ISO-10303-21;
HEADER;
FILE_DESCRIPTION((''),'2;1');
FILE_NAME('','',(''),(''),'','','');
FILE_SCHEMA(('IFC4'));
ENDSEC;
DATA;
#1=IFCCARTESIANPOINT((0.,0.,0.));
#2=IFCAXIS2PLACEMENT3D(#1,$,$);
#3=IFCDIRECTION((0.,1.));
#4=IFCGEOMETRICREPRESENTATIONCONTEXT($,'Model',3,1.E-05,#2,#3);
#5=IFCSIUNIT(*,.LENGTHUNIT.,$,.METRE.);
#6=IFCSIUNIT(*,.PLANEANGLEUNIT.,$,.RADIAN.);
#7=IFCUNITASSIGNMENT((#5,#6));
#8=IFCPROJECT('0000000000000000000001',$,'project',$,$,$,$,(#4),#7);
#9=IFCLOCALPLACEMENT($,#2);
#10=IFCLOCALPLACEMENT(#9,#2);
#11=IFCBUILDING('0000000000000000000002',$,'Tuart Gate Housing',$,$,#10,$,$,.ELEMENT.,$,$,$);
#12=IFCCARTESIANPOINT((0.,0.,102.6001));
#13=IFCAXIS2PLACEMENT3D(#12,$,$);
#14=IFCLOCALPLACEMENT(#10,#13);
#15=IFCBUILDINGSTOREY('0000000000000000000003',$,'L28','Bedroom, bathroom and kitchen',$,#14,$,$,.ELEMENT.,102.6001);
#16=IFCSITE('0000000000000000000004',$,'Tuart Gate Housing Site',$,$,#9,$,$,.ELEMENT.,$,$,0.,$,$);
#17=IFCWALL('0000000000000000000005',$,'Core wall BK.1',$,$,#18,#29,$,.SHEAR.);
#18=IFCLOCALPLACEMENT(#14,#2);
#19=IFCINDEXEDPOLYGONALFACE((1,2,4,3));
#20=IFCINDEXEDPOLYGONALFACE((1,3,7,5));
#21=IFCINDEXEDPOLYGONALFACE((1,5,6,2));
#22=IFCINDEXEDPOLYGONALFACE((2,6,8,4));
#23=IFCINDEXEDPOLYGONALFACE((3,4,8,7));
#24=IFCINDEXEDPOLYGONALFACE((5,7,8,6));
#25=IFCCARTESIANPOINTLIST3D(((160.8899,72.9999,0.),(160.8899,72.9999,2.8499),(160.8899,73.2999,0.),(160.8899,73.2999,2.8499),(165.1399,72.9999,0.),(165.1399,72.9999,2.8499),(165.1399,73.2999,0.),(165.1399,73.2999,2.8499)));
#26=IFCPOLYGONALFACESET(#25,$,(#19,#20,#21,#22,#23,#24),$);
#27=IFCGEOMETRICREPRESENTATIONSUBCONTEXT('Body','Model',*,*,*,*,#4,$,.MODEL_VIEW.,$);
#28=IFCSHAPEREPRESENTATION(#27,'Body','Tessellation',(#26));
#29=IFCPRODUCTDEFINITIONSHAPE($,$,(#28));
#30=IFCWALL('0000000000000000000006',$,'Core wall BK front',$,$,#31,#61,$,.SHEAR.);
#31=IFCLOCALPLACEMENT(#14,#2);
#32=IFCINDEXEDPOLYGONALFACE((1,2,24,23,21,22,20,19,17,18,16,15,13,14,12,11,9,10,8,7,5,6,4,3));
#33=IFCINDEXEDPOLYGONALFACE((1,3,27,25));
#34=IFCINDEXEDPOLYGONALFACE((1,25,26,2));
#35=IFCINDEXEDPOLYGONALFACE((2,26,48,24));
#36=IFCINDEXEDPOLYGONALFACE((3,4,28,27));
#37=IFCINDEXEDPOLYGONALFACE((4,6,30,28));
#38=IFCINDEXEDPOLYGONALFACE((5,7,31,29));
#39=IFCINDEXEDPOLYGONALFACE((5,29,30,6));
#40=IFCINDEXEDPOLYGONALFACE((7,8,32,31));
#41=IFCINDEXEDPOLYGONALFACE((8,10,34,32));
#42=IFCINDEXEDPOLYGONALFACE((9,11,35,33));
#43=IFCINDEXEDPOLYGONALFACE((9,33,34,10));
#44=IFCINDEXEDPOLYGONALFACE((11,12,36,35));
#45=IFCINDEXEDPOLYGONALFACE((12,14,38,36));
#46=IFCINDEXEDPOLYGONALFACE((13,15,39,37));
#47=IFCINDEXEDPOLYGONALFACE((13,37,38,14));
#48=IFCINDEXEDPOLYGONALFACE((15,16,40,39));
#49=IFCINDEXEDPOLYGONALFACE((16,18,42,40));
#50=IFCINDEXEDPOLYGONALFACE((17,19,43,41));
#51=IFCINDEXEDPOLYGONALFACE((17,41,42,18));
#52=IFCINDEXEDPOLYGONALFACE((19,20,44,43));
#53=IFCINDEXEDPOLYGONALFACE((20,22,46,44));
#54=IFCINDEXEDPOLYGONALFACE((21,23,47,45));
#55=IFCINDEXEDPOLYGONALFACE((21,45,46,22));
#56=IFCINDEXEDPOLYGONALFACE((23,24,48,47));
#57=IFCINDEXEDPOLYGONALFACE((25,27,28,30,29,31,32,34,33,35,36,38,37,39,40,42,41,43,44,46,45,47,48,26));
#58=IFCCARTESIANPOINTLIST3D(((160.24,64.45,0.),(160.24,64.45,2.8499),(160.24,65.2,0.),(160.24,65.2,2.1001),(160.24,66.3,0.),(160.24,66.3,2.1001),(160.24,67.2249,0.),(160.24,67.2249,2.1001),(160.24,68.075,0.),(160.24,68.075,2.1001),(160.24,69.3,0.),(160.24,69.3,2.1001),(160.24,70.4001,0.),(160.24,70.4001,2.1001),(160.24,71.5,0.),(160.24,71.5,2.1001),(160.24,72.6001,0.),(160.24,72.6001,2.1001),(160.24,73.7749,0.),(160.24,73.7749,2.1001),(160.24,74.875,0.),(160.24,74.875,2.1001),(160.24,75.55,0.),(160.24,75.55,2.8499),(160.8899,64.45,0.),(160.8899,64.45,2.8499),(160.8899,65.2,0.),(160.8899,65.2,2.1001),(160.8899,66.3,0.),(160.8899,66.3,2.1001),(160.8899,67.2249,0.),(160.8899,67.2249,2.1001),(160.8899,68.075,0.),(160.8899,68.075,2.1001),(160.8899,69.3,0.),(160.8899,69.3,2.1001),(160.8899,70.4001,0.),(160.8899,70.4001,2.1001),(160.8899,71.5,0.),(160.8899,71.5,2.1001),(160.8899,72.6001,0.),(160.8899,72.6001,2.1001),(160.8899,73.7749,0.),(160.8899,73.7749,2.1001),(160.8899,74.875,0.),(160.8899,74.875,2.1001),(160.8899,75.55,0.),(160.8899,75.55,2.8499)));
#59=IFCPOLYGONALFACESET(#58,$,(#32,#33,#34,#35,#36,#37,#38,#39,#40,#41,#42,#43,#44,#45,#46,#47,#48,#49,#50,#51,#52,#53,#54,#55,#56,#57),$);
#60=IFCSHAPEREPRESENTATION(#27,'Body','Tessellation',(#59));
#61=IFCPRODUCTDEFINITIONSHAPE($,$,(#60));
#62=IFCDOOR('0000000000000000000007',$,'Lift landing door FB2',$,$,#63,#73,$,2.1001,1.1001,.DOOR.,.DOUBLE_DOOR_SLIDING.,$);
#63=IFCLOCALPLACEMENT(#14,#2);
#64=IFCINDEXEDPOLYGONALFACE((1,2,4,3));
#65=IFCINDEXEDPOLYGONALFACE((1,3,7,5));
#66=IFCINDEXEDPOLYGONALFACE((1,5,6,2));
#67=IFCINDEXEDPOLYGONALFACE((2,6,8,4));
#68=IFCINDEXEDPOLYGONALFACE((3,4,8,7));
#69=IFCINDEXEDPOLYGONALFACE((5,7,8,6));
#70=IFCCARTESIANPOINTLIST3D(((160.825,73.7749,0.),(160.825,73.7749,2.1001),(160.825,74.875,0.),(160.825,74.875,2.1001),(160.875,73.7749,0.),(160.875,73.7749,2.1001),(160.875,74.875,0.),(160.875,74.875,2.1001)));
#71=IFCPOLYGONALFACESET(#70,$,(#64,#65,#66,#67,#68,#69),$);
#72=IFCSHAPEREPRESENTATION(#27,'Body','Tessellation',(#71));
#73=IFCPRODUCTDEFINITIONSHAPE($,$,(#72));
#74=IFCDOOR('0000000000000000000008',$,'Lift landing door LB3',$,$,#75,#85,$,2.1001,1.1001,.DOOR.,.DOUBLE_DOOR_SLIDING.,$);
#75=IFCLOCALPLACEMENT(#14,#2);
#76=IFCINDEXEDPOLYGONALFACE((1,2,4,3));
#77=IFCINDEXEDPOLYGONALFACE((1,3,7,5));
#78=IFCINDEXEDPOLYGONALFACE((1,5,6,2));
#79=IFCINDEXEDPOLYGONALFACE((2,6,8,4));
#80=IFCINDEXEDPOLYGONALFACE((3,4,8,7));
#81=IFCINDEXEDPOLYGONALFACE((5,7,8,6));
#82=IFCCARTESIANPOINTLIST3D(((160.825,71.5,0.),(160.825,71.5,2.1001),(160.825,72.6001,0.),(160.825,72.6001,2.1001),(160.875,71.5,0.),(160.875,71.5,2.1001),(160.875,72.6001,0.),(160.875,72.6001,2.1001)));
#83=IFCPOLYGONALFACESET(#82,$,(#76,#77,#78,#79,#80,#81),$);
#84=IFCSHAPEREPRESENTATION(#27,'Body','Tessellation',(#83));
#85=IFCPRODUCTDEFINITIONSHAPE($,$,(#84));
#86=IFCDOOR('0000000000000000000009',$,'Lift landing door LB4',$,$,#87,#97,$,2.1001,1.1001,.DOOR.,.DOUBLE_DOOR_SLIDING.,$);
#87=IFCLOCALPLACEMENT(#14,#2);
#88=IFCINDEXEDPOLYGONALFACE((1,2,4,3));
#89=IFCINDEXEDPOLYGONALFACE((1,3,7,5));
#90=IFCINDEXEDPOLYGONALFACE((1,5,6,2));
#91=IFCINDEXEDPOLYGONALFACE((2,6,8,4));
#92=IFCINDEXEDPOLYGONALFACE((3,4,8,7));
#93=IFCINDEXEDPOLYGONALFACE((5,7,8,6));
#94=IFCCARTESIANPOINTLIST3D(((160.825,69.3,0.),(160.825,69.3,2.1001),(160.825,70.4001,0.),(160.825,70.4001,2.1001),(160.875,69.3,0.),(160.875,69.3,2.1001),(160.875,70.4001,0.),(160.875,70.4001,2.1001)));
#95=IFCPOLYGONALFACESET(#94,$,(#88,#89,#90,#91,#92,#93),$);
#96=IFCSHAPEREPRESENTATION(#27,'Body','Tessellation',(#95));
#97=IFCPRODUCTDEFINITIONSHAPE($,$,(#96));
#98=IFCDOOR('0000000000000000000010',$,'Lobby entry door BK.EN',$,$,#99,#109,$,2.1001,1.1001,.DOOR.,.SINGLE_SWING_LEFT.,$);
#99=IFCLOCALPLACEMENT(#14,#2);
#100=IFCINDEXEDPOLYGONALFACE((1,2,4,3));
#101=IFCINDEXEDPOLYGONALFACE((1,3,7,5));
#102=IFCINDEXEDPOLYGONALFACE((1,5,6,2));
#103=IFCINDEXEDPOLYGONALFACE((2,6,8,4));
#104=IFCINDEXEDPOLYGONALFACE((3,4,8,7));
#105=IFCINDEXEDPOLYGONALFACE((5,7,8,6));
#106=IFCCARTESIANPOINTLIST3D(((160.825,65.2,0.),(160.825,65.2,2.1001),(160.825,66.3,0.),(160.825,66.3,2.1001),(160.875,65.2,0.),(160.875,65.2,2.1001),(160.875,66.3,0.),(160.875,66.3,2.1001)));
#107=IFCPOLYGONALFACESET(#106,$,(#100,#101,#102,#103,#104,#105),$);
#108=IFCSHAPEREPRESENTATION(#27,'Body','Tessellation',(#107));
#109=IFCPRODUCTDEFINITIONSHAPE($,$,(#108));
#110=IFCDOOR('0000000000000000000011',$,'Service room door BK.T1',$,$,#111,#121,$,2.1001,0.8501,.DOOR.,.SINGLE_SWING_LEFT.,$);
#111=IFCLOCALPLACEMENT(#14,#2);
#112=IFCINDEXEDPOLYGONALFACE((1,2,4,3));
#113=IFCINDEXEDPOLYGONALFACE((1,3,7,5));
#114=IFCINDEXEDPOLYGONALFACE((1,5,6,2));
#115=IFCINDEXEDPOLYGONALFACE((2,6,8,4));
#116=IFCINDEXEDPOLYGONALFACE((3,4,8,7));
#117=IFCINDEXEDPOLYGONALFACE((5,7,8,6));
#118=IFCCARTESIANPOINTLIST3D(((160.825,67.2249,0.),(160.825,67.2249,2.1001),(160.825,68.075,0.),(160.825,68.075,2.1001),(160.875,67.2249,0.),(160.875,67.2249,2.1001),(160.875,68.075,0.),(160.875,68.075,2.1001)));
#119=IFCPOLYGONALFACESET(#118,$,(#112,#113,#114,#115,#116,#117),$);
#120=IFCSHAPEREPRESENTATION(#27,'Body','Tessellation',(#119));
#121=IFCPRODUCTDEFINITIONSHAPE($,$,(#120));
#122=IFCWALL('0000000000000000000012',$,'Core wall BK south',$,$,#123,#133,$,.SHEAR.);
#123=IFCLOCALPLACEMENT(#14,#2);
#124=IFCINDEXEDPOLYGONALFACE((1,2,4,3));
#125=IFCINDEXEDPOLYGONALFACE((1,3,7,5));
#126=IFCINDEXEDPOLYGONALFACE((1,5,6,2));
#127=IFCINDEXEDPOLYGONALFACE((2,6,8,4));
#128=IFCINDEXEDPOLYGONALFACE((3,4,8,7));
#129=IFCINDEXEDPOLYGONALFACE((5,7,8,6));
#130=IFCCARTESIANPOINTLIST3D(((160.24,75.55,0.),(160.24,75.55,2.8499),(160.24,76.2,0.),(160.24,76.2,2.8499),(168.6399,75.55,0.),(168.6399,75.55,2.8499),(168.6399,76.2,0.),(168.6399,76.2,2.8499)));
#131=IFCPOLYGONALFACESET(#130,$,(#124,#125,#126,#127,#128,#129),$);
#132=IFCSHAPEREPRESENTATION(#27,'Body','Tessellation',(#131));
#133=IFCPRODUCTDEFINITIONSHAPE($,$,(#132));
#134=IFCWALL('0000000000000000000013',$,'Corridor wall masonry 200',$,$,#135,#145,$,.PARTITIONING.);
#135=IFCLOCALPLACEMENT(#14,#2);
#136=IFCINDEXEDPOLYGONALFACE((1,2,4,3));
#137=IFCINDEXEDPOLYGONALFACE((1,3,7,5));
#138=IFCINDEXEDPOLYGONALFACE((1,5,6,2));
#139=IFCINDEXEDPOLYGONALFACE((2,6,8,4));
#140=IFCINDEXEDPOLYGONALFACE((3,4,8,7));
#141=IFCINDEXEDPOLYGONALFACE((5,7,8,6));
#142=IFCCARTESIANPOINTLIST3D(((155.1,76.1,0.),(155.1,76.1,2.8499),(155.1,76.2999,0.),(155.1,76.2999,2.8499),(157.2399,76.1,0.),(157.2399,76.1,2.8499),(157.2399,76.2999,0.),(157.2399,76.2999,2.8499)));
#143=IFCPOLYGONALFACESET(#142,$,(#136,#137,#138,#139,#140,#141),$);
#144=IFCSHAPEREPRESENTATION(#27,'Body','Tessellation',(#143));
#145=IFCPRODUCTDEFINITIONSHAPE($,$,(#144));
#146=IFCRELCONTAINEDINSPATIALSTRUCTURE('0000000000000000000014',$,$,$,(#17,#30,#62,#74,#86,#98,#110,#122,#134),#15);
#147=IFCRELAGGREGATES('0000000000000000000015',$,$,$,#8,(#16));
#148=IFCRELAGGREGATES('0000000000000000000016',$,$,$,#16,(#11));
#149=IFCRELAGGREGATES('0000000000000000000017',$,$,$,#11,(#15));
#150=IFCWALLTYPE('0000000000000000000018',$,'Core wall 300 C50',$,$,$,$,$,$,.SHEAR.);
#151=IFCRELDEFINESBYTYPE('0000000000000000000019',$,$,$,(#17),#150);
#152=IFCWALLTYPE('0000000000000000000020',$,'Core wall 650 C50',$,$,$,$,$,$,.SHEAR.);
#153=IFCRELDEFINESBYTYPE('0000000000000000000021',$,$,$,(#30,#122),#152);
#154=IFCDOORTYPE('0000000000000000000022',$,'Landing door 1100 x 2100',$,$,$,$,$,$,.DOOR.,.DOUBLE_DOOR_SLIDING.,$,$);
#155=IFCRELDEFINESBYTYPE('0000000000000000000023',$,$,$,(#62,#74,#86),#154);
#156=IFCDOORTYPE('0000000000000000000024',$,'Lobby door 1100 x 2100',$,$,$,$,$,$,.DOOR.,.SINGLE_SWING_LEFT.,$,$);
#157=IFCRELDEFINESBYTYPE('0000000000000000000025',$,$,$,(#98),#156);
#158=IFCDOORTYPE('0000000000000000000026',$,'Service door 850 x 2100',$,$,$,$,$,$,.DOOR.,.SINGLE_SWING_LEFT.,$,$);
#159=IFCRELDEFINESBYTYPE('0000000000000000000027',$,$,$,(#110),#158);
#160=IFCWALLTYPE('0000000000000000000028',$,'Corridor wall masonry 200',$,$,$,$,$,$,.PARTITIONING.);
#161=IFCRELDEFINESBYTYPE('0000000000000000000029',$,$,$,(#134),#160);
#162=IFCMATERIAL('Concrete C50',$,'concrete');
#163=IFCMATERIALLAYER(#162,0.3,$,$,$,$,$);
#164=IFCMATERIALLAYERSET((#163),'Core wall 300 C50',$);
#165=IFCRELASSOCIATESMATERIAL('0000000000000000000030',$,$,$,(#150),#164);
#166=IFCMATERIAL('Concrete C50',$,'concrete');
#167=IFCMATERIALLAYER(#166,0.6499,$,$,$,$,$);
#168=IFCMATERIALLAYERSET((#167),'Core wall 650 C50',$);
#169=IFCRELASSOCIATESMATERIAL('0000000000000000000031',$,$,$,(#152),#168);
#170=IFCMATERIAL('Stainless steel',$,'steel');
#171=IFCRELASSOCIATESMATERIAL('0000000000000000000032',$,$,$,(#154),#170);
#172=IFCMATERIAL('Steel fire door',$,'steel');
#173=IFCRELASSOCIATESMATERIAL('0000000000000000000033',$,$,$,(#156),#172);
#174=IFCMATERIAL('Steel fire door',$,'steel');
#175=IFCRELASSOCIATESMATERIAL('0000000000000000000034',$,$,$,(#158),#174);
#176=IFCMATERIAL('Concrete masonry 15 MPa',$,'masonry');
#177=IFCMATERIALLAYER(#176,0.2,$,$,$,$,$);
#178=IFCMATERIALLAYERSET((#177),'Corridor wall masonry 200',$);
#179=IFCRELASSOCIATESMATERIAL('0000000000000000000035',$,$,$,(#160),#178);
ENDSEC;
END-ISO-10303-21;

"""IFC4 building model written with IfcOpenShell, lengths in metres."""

from ifc_helpers import new_model, si_unit, direction, frame, frame_2d, origin, place, context, subcontext, project, spatial, rectangle, extrude, material, layer, layer_set, type_object, element, fill, save


model = new_model("IFC4")

# Units and contexts
model_context = context("Model", 3, precision=1e-05, world=origin(), true_north=direction((0.0, 1.0)))
body_context = subcontext(model_context, "Body", "Model", "MODEL_VIEW")
ifc_project = project(units=[si_unit("LENGTHUNIT", "METRE"), si_unit("PLANEANGLEUNIT", "RADIAN")], contexts=[model_context])

# Site, building, storey
site_placement = place(None, origin())
site = spatial("IfcSite", under=ifc_project, at=site_placement, Name="Tuart Gate Housing Site", CompositionType="ELEMENT", RefElevation=0.0)
building_placement = place(site_placement, origin())
building = spatial("IfcBuilding", under=site, at=building_placement, Name="Tuart Gate Housing", CompositionType="ELEMENT")
storey_placement = place(building_placement, frame((0.0, 0.0, 102.6001)))
storey = spatial("IfcBuildingStorey", under=building, at=storey_placement, Name="L28", Description="Bedroom, bathroom and kitchen", CompositionType="ELEMENT", Elevation=102.6001)

# Wall
ifc_material_1 = material(Name="Concrete C50", Category="concrete")
ifc_layer_1 = layer(ifc_material_1, 0.3)
ifc_layer_set_1 = layer_set([ifc_layer_1], Name="Core wall 300 C50")
wall_type_1 = type_object("IfcWallType", Name="Core wall 300 C50", PredefinedType="SHEAR", material=ifc_layer_set_1)
wall_1_placement = place(storey_placement, frame((160.8899, 73.1499, 0.0), z_axis=(0.0, 0.0, 1.0), x_axis=(1.0, 0.0, 0.0)))
element("IfcWall", 1, at=wall_1_placement, inside=storey, type_object=wall_type_1, Name="Core wall BK.1", PredefinedType="SHEAR", context=body_context, shape_type="SweptSolid", body=[
    extrude(rectangle(XDim=4.25, YDim=0.3, at=frame_2d((2.125, 0.0))), origin(), (0.0, 0.0, 1.0), 2.8499),
])

# Wall, openings, doors
ifc_material_2 = material(Name="Concrete C50", Category="concrete")
ifc_layer_2 = layer(ifc_material_2, 0.6499)
ifc_layer_set_2 = layer_set([ifc_layer_2], Name="Core wall 650 C50")
wall_type_2 = type_object("IfcWallType", Name="Core wall 650 C50", PredefinedType="SHEAR", material=ifc_layer_set_2)
wall_2_placement = place(storey_placement, frame((160.5649, 75.55, 0.0), z_axis=(0.0, 0.0, 1.0), x_axis=(0.0, -1.0, 0.0)))
wall_2 = element("IfcWall", 2, at=wall_2_placement, inside=storey, type_object=wall_type_2, Name="Core wall BK front", PredefinedType="SHEAR", context=body_context, shape_type="SweptSolid", body=[
    extrude(rectangle(XDim=11.1001, YDim=0.6499, at=frame_2d((5.55, 0.0))), origin(), (0.0, 0.0, 1.0), 2.8499),
])
opening_1_placement = place(wall_2_placement, frame((0.675, 0.0, 0.0)))
opening_1 = element("IfcOpeningElement", 3, at=opening_1_placement, cuts=wall_2, PredefinedType="OPENING", context=body_context, shape_type="SweptSolid", body=[
    extrude(rectangle(XDim=1.1001, YDim=2.1001, at=frame_2d((0.55, 1.05))), frame((0.0, 0.335, 0.0), z_axis=(0.0, -1.0, 0.0), x_axis=(1.0, 0.0, 0.0)), (0.0, 0.0, 1.0), 0.6699),
])
opening_2_placement = place(wall_2_placement, frame((2.95, 0.0, 0.0)))
opening_2 = element("IfcOpeningElement", 4, at=opening_2_placement, cuts=wall_2, PredefinedType="OPENING", context=body_context, shape_type="SweptSolid", body=[
    extrude(rectangle(XDim=1.1001, YDim=2.1001, at=frame_2d((0.55, 1.05))), frame((0.0, 0.335, 0.0), z_axis=(0.0, -1.0, 0.0), x_axis=(1.0, 0.0, 0.0)), (0.0, 0.0, 1.0), 0.6699),
])
opening_3_placement = place(wall_2_placement, frame((5.1499, 0.0, 0.0)))
opening_3 = element("IfcOpeningElement", 5, at=opening_3_placement, cuts=wall_2, PredefinedType="OPENING", context=body_context, shape_type="SweptSolid", body=[
    extrude(rectangle(XDim=1.1001, YDim=2.1001, at=frame_2d((0.55, 1.05))), frame((0.0, 0.335, 0.0), z_axis=(0.0, -1.0, 0.0), x_axis=(1.0, 0.0, 0.0)), (0.0, 0.0, 1.0), 0.6699),
])
opening_4_placement = place(wall_2_placement, frame((9.25, 0.0, 0.0)))
opening_4 = element("IfcOpeningElement", 6, at=opening_4_placement, cuts=wall_2, PredefinedType="OPENING", context=body_context, shape_type="SweptSolid", body=[
    extrude(rectangle(XDim=1.1001, YDim=2.1001, at=frame_2d((0.55, 1.05))), frame((0.0, 0.335, 0.0), z_axis=(0.0, -1.0, 0.0), x_axis=(1.0, 0.0, 0.0)), (0.0, 0.0, 1.0), 0.6699),
])
opening_5_placement = place(wall_2_placement, frame((7.4751, 0.0, 0.0)))
opening_5 = element("IfcOpeningElement", 7, at=opening_5_placement, cuts=wall_2, PredefinedType="OPENING", context=body_context, shape_type="SweptSolid", body=[
    extrude(rectangle(XDim=0.8501, YDim=2.1001, at=frame_2d((0.425, 1.05))), frame((0.0, 0.335, 0.0), z_axis=(0.0, -1.0, 0.0), x_axis=(1.0, 0.0, 0.0)), (0.0, 0.0, 1.0), 0.6699),
])
ifc_material_3 = material(Name="Stainless steel", Category="steel")
door_type_1 = type_object("IfcDoorType", Name="Landing door 1100 x 2100", OperationType="DOUBLE_DOOR_SLIDING", PredefinedType="DOOR", material=ifc_material_3)
door_1_placement = place(opening_1_placement, origin())
door_1 = element("IfcDoor", 8, at=door_1_placement, inside=storey, type_object=door_type_1, Name="Lift landing door FB2", OperationType="DOUBLE_DOOR_SLIDING", OverallHeight=2.1001, OverallWidth=1.1001, PredefinedType="DOOR", context=body_context, shape_type="SweptSolid", body=[
    extrude(rectangle(XDim=1.1001, YDim=2.1001, at=frame_2d((0.55, 1.05))), frame((0.0, 0.3101, 0.0), z_axis=(0.0, -1.0, 0.0), x_axis=(1.0, 0.0, 0.0)), (0.0, 0.0, 1.0), 0.05),
])
fill(opening_1, door_1)
door_2_placement = place(opening_2_placement, origin())
door_2 = element("IfcDoor", 9, at=door_2_placement, inside=storey, type_object=door_type_1, Name="Lift landing door LB3", OperationType="DOUBLE_DOOR_SLIDING", OverallHeight=2.1001, OverallWidth=1.1001, PredefinedType="DOOR", context=body_context, shape_type="SweptSolid", body=[
    extrude(rectangle(XDim=1.1001, YDim=2.1001, at=frame_2d((0.55, 1.05))), frame((0.0, 0.3101, 0.0), z_axis=(0.0, -1.0, 0.0), x_axis=(1.0, 0.0, 0.0)), (0.0, 0.0, 1.0), 0.05),
])
fill(opening_2, door_2)
door_3_placement = place(opening_3_placement, origin())
door_3 = element("IfcDoor", 10, at=door_3_placement, inside=storey, type_object=door_type_1, Name="Lift landing door LB4", OperationType="DOUBLE_DOOR_SLIDING", OverallHeight=2.1001, OverallWidth=1.1001, PredefinedType="DOOR", context=body_context, shape_type="SweptSolid", body=[
    extrude(rectangle(XDim=1.1001, YDim=2.1001, at=frame_2d((0.55, 1.05))), frame((0.0, 0.3101, 0.0), z_axis=(0.0, -1.0, 0.0), x_axis=(1.0, 0.0, 0.0)), (0.0, 0.0, 1.0), 0.05),
])
fill(opening_3, door_3)
ifc_material_4 = material(Name="Steel fire door", Category="steel")
door_type_2 = type_object("IfcDoorType", Name="Lobby door 1100 x 2100", OperationType="SINGLE_SWING_LEFT", PredefinedType="DOOR", material=ifc_material_4)
door_4_placement = place(opening_4_placement, origin())
door_4 = element("IfcDoor", 11, at=door_4_placement, inside=storey, type_object=door_type_2, Name="Lobby entry door BK.EN", OperationType="SINGLE_SWING_LEFT", OverallHeight=2.1001, OverallWidth=1.1001, PredefinedType="DOOR", context=body_context, shape_type="SweptSolid", body=[
    extrude(rectangle(XDim=1.1001, YDim=2.1001, at=frame_2d((0.55, 1.05))), frame((0.0, 0.3101, 0.0), z_axis=(0.0, -1.0, 0.0), x_axis=(1.0, 0.0, 0.0)), (0.0, 0.0, 1.0), 0.05),
])
fill(opening_4, door_4)
ifc_material_5 = material(Name="Steel fire door", Category="steel")
door_type_3 = type_object("IfcDoorType", Name="Service door 850 x 2100", OperationType="SINGLE_SWING_LEFT", PredefinedType="DOOR", material=ifc_material_5)
door_5_placement = place(opening_5_placement, origin())
door_5 = element("IfcDoor", 12, at=door_5_placement, inside=storey, type_object=door_type_3, Name="Service room door BK.T1", OperationType="SINGLE_SWING_LEFT", OverallHeight=2.1001, OverallWidth=0.8501, PredefinedType="DOOR", context=body_context, shape_type="SweptSolid", body=[
    extrude(rectangle(XDim=0.8501, YDim=2.1001, at=frame_2d((0.425, 1.05))), frame((0.0, 0.3101, 0.0), z_axis=(0.0, -1.0, 0.0), x_axis=(1.0, 0.0, 0.0)), (0.0, 0.0, 1.0), 0.05),
])
fill(opening_5, door_5)

# Walls
wall_3_placement = place(storey_placement, frame((160.24, 75.875, 0.0), z_axis=(0.0, 0.0, 1.0), x_axis=(1.0, 0.0, 0.0)))
element("IfcWall", 13, at=wall_3_placement, inside=storey, type_object=wall_type_2, Name="Core wall BK south", PredefinedType="SHEAR", context=body_context, shape_type="SweptSolid", body=[
    extrude(rectangle(XDim=8.3999, YDim=0.6499, at=frame_2d((4.2, 0.0))), origin(), (0.0, 0.0, 1.0), 2.8499),
])
ifc_material_6 = material(Name="Concrete masonry 15 MPa", Category="masonry")
ifc_layer_3 = layer(ifc_material_6, 0.2)
ifc_layer_set_3 = layer_set([ifc_layer_3], Name="Corridor wall masonry 200")
wall_type_3 = type_object("IfcWallType", Name="Corridor wall masonry 200", PredefinedType="PARTITIONING", material=ifc_layer_set_3)
wall_4_placement = place(storey_placement, frame((155.1001, 76.2, 0.0), z_axis=(0.0, 0.0, 1.0), x_axis=(1.0, 0.0, 0.0)))
element("IfcWall", 14, at=wall_4_placement, inside=storey, type_object=wall_type_3, Name="Corridor wall masonry 200", PredefinedType="PARTITIONING", context=body_context, shape_type="SweptSolid", body=[
    extrude(rectangle(XDim=2.1399, YDim=0.2, at=frame_2d((1.0698, 0.0))), origin(), (0.0, 0.0, 1.0), 2.8499),
])

save(model, "model.ifc")
